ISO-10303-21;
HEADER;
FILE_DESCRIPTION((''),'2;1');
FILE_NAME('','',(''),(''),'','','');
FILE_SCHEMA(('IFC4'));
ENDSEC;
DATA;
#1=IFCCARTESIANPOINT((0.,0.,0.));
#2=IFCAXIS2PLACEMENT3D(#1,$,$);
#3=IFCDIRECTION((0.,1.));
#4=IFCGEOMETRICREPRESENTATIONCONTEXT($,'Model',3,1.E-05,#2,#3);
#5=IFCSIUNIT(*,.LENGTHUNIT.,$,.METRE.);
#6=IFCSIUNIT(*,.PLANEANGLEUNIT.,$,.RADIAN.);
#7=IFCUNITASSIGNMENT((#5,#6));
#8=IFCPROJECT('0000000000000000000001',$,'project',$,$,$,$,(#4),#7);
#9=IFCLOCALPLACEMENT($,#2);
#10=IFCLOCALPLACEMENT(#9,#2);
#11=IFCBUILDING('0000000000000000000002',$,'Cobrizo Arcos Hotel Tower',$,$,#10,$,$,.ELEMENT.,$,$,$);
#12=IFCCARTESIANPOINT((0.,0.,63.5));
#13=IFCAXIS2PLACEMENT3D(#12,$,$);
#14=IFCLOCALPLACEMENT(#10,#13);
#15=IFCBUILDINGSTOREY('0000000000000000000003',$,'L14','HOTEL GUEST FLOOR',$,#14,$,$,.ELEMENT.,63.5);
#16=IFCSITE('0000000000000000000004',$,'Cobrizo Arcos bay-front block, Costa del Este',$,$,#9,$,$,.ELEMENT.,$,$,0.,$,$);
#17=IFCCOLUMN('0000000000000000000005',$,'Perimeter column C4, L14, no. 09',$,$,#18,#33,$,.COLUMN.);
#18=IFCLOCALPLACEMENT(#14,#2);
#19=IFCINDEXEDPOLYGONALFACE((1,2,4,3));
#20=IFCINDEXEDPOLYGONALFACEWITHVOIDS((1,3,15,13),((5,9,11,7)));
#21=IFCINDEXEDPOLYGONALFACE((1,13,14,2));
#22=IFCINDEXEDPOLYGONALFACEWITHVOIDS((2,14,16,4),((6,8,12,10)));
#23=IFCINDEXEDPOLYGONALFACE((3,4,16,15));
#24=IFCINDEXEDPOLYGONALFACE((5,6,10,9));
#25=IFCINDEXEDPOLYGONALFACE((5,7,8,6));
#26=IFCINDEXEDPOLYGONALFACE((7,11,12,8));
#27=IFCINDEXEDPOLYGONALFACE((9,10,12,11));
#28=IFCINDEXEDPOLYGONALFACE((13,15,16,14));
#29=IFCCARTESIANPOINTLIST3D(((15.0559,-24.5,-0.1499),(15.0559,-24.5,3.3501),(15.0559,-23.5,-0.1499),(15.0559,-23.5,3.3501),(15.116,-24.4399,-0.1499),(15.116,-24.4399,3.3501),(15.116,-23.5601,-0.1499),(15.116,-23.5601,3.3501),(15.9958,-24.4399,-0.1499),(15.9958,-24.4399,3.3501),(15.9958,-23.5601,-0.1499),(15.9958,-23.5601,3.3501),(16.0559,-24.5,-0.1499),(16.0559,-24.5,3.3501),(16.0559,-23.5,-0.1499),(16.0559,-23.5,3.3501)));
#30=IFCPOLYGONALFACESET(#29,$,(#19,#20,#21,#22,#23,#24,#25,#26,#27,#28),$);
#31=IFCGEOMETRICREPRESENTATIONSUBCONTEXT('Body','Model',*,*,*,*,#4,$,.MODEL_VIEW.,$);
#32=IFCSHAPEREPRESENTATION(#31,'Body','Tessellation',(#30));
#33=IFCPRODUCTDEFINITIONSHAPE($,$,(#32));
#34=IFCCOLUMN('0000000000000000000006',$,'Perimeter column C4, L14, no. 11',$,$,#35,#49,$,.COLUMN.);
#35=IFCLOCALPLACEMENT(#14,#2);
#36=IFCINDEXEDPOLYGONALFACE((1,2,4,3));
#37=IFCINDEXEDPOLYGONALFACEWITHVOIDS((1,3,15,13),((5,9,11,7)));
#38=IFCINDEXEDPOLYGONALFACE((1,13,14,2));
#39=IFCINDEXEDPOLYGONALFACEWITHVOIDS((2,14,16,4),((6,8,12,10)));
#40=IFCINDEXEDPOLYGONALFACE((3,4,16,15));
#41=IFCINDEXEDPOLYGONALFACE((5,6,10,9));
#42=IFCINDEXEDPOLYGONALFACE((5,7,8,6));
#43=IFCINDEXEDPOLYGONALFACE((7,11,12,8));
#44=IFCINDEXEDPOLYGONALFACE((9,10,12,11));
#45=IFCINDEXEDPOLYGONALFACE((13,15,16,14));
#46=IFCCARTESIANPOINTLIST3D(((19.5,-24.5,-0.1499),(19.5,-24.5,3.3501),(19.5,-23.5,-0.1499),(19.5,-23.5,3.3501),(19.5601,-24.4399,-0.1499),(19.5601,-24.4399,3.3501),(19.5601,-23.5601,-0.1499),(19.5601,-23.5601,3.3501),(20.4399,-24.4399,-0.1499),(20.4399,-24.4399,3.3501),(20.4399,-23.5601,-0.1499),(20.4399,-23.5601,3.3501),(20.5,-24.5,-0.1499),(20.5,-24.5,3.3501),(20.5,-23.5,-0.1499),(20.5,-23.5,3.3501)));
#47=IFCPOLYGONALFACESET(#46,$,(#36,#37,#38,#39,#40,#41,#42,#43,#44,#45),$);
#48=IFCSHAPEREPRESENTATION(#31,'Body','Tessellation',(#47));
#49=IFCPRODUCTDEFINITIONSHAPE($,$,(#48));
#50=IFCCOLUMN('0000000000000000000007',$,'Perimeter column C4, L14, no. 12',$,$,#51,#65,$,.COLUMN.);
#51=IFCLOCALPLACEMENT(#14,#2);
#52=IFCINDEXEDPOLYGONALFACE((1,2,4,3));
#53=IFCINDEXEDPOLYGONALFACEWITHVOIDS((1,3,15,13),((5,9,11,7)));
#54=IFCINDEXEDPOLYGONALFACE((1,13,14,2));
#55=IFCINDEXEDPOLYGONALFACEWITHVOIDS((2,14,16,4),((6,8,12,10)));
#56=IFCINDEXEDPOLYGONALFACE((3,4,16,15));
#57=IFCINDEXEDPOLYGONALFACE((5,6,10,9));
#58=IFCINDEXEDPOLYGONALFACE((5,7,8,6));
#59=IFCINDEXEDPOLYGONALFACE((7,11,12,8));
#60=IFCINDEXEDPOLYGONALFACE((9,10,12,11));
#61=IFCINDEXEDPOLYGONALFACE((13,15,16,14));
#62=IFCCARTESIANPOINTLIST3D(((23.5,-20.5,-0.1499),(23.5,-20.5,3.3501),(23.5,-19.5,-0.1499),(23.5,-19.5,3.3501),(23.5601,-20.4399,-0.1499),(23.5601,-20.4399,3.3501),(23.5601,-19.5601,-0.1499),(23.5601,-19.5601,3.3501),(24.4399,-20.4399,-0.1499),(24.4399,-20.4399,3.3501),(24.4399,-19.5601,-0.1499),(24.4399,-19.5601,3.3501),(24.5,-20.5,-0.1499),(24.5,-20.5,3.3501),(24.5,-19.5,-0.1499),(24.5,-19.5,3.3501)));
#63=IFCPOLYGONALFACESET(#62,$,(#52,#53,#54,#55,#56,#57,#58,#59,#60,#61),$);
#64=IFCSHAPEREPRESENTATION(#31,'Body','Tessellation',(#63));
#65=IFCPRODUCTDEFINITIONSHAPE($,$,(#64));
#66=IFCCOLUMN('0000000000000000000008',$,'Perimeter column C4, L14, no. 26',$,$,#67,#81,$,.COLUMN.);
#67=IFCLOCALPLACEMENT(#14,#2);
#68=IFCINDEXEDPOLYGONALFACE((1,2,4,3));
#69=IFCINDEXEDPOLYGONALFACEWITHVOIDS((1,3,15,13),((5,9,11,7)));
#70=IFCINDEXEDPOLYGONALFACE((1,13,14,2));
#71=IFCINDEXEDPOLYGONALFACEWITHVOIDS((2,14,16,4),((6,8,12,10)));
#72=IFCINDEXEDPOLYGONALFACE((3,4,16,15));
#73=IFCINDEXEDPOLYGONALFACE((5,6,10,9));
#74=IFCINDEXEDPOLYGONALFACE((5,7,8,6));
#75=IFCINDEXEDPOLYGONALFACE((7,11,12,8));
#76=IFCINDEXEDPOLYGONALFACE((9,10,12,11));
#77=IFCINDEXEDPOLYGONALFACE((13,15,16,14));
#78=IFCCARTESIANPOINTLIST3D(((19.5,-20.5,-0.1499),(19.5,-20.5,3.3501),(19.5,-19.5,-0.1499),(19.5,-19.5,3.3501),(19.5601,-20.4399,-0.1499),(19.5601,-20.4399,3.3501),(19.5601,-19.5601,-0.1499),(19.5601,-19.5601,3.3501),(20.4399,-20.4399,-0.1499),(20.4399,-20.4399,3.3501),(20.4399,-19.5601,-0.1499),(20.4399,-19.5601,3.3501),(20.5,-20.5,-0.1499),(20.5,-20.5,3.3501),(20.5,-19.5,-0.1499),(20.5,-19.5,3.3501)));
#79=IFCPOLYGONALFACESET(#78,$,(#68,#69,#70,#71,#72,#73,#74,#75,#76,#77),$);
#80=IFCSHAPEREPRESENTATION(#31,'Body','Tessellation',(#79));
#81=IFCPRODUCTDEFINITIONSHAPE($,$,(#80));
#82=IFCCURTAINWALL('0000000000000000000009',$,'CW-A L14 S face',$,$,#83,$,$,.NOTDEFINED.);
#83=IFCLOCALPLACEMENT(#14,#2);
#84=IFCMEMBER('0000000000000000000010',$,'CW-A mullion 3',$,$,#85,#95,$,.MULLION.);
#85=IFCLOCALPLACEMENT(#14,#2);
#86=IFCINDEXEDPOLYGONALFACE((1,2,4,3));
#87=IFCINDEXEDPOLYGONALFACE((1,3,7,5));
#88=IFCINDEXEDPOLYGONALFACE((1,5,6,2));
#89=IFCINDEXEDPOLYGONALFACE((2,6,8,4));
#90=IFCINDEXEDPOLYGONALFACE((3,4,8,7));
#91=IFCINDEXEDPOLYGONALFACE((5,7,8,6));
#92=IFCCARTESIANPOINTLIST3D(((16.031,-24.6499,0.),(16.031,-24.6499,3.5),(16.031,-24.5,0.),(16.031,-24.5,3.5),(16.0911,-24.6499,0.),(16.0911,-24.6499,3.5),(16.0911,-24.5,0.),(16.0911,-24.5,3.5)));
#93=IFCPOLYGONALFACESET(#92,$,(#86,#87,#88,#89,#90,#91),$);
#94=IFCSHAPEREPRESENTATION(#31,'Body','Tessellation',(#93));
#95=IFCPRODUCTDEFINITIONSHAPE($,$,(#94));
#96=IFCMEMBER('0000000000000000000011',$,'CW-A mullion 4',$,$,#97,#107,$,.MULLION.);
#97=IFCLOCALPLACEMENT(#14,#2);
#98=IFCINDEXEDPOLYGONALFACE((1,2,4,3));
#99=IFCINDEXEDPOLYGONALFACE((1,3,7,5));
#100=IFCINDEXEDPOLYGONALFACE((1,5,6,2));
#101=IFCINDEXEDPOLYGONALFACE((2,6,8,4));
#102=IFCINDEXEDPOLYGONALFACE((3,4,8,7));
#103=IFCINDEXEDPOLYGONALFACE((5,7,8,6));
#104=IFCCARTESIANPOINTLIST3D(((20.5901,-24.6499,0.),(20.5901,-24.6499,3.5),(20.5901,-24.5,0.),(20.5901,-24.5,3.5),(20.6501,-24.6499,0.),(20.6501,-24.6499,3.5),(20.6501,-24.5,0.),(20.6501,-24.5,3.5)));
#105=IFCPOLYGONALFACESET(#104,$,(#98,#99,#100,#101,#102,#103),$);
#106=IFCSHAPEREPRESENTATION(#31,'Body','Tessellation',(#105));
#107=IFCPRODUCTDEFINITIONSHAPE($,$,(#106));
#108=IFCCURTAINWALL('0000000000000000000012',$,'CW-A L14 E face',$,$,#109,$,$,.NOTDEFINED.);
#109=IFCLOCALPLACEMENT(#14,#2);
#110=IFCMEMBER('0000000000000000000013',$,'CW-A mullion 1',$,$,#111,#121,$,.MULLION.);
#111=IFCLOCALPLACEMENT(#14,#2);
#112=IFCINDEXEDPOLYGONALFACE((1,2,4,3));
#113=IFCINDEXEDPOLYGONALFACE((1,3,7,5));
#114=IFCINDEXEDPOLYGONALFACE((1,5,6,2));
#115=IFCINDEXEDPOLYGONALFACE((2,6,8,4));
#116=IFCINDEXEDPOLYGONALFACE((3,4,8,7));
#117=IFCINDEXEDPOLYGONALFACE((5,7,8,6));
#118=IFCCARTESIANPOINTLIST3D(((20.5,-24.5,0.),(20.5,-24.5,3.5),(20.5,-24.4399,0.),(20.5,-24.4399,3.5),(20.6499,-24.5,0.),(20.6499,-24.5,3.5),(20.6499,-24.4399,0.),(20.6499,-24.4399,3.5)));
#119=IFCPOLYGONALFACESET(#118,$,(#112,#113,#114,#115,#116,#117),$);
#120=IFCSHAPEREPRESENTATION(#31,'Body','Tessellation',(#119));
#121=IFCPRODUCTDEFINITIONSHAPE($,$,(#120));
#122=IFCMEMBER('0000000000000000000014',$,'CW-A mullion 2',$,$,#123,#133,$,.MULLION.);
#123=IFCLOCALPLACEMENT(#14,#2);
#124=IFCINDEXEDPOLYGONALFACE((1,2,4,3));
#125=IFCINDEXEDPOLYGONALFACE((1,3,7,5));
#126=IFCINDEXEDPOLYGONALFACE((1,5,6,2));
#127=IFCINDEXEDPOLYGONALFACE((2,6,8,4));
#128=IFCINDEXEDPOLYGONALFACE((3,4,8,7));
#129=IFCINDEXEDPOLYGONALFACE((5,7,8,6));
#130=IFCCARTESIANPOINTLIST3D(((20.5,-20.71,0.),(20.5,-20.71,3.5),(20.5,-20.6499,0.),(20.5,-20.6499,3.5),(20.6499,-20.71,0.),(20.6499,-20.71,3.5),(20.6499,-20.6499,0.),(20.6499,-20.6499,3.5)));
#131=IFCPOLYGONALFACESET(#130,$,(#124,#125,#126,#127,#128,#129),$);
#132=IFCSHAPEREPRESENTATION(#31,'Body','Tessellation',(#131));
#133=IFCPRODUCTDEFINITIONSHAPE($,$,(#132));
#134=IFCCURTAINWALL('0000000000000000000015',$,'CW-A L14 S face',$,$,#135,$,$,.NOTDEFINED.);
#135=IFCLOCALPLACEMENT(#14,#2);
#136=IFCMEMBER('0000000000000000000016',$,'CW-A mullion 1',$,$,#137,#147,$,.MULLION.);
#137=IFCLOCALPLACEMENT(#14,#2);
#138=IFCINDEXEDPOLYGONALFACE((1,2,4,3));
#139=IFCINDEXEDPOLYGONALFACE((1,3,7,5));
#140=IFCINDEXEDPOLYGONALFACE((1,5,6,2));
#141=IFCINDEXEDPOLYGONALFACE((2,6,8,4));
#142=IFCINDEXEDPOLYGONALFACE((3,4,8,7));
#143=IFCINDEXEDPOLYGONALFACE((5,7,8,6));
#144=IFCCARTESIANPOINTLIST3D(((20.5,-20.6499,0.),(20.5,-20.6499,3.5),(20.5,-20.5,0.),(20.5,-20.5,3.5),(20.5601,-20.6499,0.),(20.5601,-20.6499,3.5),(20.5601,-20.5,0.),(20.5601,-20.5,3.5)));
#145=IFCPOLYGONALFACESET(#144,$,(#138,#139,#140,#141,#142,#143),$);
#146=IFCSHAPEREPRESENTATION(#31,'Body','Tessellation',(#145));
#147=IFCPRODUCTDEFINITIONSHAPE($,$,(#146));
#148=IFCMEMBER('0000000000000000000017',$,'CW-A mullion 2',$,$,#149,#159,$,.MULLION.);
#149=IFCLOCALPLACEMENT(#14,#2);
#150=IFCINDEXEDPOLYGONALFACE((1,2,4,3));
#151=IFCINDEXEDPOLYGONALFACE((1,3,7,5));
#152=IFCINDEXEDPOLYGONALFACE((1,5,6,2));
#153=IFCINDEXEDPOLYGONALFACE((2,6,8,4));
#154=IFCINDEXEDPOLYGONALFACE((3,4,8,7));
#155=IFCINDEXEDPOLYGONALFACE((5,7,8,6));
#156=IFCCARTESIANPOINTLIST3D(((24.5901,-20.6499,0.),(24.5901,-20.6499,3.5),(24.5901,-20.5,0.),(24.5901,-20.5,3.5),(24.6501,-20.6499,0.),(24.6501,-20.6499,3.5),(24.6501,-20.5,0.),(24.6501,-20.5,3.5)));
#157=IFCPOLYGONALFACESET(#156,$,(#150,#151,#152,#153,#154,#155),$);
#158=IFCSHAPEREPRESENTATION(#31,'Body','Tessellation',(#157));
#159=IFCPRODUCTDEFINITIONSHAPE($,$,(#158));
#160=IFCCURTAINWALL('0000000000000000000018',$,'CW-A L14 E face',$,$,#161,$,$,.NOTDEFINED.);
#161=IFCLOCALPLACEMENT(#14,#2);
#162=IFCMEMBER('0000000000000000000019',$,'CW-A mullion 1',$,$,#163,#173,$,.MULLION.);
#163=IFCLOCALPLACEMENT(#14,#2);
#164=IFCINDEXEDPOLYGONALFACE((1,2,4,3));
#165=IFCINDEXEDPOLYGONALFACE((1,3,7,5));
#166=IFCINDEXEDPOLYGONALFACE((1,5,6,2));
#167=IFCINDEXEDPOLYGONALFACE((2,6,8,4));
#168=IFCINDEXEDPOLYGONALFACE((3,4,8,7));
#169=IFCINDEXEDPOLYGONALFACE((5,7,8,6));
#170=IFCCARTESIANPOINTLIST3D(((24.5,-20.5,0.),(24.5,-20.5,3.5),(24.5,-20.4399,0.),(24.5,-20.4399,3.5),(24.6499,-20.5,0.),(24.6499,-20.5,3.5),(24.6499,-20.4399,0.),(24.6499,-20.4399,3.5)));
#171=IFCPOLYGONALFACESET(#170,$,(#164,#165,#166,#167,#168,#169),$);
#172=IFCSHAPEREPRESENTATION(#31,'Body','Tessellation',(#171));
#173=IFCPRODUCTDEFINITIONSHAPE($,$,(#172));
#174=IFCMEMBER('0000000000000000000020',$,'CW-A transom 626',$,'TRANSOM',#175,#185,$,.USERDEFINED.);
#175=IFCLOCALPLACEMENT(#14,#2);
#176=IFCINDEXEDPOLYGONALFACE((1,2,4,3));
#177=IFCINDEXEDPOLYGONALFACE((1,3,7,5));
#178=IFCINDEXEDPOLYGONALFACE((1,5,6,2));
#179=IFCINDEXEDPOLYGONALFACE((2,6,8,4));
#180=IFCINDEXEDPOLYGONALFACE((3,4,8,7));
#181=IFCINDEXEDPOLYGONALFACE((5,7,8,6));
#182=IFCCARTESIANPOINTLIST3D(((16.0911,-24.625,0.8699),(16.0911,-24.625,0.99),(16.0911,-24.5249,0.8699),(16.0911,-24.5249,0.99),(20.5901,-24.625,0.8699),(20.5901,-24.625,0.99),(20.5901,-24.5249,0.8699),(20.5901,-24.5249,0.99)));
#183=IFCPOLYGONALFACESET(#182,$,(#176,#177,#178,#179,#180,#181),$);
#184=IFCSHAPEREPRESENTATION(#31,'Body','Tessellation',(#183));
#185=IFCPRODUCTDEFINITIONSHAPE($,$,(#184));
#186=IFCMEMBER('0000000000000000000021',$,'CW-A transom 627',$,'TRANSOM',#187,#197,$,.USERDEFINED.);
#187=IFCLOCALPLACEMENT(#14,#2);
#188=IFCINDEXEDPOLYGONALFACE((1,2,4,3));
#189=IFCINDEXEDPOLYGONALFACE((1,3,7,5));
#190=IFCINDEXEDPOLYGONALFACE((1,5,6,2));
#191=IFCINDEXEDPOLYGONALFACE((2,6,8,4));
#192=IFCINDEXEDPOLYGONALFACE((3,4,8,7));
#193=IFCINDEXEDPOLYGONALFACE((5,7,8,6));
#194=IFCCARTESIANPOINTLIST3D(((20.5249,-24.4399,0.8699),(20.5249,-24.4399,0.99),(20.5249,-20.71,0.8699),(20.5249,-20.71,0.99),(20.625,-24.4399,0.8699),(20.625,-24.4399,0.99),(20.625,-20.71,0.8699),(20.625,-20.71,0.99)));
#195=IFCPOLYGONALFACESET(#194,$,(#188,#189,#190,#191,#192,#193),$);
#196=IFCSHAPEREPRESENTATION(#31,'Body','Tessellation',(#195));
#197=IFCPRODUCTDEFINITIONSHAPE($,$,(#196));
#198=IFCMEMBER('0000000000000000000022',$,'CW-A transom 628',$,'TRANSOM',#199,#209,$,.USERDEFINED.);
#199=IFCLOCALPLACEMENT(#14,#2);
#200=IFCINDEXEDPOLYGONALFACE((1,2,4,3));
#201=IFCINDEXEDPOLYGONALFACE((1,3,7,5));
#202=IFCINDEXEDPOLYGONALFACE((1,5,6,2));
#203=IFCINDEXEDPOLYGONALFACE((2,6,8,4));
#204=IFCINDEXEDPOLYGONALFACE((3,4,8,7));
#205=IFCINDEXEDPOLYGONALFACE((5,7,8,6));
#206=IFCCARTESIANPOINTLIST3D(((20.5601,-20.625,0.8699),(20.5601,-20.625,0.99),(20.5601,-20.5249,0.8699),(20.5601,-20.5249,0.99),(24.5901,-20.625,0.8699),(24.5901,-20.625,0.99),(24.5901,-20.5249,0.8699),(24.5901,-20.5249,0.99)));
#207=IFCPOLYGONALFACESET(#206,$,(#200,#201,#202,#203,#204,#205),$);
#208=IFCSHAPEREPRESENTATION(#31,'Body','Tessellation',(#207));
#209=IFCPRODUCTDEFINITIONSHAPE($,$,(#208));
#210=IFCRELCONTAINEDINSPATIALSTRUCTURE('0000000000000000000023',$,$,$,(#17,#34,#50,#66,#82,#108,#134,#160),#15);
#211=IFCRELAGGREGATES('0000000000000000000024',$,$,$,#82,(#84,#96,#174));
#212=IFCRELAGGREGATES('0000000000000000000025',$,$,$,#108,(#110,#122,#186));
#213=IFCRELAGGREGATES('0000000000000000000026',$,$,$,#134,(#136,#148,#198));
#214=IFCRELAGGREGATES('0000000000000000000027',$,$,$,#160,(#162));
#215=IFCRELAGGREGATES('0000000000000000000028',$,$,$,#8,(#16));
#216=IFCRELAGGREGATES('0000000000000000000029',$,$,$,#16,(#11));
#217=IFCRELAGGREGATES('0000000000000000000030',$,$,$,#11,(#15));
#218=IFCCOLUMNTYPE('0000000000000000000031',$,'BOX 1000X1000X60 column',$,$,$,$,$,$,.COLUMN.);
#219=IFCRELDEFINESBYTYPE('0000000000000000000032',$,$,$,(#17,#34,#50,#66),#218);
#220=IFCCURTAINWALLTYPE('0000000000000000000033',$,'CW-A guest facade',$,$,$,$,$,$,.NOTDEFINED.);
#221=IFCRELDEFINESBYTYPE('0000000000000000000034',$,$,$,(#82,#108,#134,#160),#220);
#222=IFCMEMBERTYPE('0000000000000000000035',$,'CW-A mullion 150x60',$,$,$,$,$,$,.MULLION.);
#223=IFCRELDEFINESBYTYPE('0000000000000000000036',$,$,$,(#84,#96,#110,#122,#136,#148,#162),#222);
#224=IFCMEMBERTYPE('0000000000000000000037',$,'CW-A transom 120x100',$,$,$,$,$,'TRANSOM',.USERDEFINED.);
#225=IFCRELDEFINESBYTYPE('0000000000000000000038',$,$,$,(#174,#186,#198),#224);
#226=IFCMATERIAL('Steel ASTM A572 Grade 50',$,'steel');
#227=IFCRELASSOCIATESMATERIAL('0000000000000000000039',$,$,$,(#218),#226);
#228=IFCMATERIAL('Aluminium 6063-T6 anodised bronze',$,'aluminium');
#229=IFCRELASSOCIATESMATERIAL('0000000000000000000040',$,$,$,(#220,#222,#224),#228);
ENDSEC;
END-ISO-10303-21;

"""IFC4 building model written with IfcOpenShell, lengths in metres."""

from ifc_helpers import new_model, si_unit, direction, frame, origin, origin_2d, place, context, subcontext, project, spatial, rectangle, hollow_rectangle, extrude, material, material_profile, profile_set, type_object, element, aggregate, save


model = new_model("IFC4")

# Units and contexts
model_context = context("Model", 3, precision=1e-05, world=origin(), true_north=direction((0.0, 1.0)))
body_context = subcontext(model_context, "Body", "Model", "MODEL_VIEW")
ifc_project = project(units=[si_unit("LENGTHUNIT", "METRE"), si_unit("PLANEANGLEUNIT", "RADIAN")], contexts=[model_context])

# Site, building, storey
site_placement = place(None, origin())
site = spatial("IfcSite", under=ifc_project, at=site_placement, Name="Cobrizo Arcos bay-front block, Costa del Este", CompositionType="ELEMENT", RefElevation=0.0)
building_placement = place(site_placement, origin())
building = spatial("IfcBuilding", under=site, at=building_placement, Name="Cobrizo Arcos Hotel Tower", CompositionType="ELEMENT")
storey_placement = place(building_placement, frame((0.0, 0.0, 63.5)))
storey = spatial("IfcBuildingStorey", under=building, at=storey_placement, Name="L14", Description="HOTEL GUEST FLOOR", CompositionType="ELEMENT", Elevation=63.5)

# Columns
ifc_material_1 = material(Name="Steel ASTM A572 Grade 50", Category="steel")
ifc_material_profile_1 = material_profile(ifc_material_1, hollow_rectangle(XDim=1.0, YDim=1.0, WallThickness=0.0601, at=origin_2d()), Name="BOX 1000X1000X60")
ifc_profile_set_1 = profile_set([ifc_material_profile_1], Name="Steel ASTM A572 Grade 50")
column_type = type_object("IfcColumnType", Name="BOX 1000X1000X60 column", PredefinedType="COLUMN", material=ifc_profile_set_1)
for number, where, z_axis, x_axis, name in (
    (1, (15.5559, -24.0, -0.1499), (0.0, 0.0, 1.0), (1.0, 0.0, 0.0), "Perimeter column C4, L14, no. 09"),
    (2, (20.0, -24.0, -0.1499), (0.0, 0.0, 1.0), (1.0, 0.0, 0.0), "Perimeter column C4, L14, no. 11"),
    (3, (24.0, -20.0, -0.1499), (0.0, 0.0, 1.0), (1.0, 0.0, 0.0), "Perimeter column C4, L14, no. 12"),
    (4, (20.0, -20.0, -0.1499), (0.0, 0.0, 1.0), (1.0, 0.0, 0.0), "Perimeter column C4, L14, no. 26"),
):
    element("IfcColumn", number, at=place(storey_placement, frame(where, z_axis=z_axis, x_axis=x_axis)), inside=storey, type_object=column_type, Name=name, PredefinedType="COLUMN", context=body_context, shape_type="SweptSolid", body=[
        extrude(hollow_rectangle(XDim=1.0, YDim=1.0, WallThickness=0.0601, at=origin_2d()), origin(), (0.0, 0.0, 1.0), 3.5),
    ])

# Curtain walls, members
ifc_material_2 = material(Name="Aluminium 6063-T6 anodised bronze", Category="aluminium")
curtain_wall_type = type_object("IfcCurtainWallType", Name="CW-A guest facade", PredefinedType="NOTDEFINED", material=ifc_material_2)
curtain_wall_1_placement = place(storey_placement, origin())
curtain_wall_1 = element("IfcCurtainWall", 5, at=curtain_wall_1_placement, inside=storey, type_object=curtain_wall_type, Name="CW-A L14 S face", PredefinedType="NOTDEFINED")
ifc_material_profile_2 = material_profile(ifc_material_2, rectangle(XDim=0.1499, YDim=0.0601, at=origin_2d()), Name="CW-A mullion 150x60")
ifc_profile_set_2 = profile_set([ifc_material_profile_2], Name="Aluminium 6063-T6 anodised bronze")
member_type_1 = type_object("IfcMemberType", Name="CW-A mullion 150x60", PredefinedType="MULLION", material=ifc_profile_set_2)
member_1_placement = place(storey_placement, frame((16.061, -24.575, 0.0), z_axis=(0.0, 0.0, 1.0), x_axis=(0.0, -1.0, 0.0)))
member_1 = element("IfcMember", 6, at=member_1_placement, type_object=member_type_1, Name="CW-A mullion 3", PredefinedType="MULLION", context=body_context, shape_type="SweptSolid", body=[
    extrude(rectangle(XDim=0.1499, YDim=0.0601, at=origin_2d()), origin(), (0.0, 0.0, 1.0), 3.5),
])
member_2_placement = place(storey_placement, frame((20.6201, -24.575, 0.0), z_axis=(0.0, 0.0, 1.0), x_axis=(0.0, -1.0, 0.0)))
member_2 = element("IfcMember", 7, at=member_2_placement, type_object=member_type_1, Name="CW-A mullion 4", PredefinedType="MULLION", context=body_context, shape_type="SweptSolid", body=[
    extrude(rectangle(XDim=0.1499, YDim=0.0601, at=origin_2d()), origin(), (0.0, 0.0, 1.0), 3.5),
])
curtain_wall_2_placement = place(storey_placement, origin())
curtain_wall_2 = element("IfcCurtainWall", 8, at=curtain_wall_2_placement, inside=storey, type_object=curtain_wall_type, Name="CW-A L14 E face", PredefinedType="NOTDEFINED")
member_3_placement = place(storey_placement, frame((20.575, -24.47, 0.0), z_axis=(0.0, 0.0, 1.0), x_axis=(1.0, 0.0, 0.0)))
member_3 = element("IfcMember", 9, at=member_3_placement, type_object=member_type_1, Name="CW-A mullion 1", PredefinedType="MULLION", context=body_context, shape_type="SweptSolid", body=[
    extrude(rectangle(XDim=0.1499, YDim=0.0601, at=origin_2d()), origin(), (0.0, 0.0, 1.0), 3.5),
])
member_4_placement = place(storey_placement, frame((20.575, -20.6799, 0.0), z_axis=(0.0, 0.0, 1.0), x_axis=(1.0, 0.0, 0.0)))
member_4 = element("IfcMember", 10, at=member_4_placement, type_object=member_type_1, Name="CW-A mullion 2", PredefinedType="MULLION", context=body_context, shape_type="SweptSolid", body=[
    extrude(rectangle(XDim=0.1499, YDim=0.0601, at=origin_2d()), origin(), (0.0, 0.0, 1.0), 3.5),
])
curtain_wall_3_placement = place(storey_placement, origin())
curtain_wall_3 = element("IfcCurtainWall", 11, at=curtain_wall_3_placement, inside=storey, type_object=curtain_wall_type, Name="CW-A L14 S face", PredefinedType="NOTDEFINED")
member_5_placement = place(storey_placement, frame((20.53, -20.575, 0.0), z_axis=(0.0, 0.0, 1.0), x_axis=(0.0, -1.0, 0.0)))
member_5 = element("IfcMember", 12, at=member_5_placement, type_object=member_type_1, Name="CW-A mullion 1", PredefinedType="MULLION", context=body_context, shape_type="SweptSolid", body=[
    extrude(rectangle(XDim=0.1499, YDim=0.0601, at=origin_2d()), origin(), (0.0, 0.0, 1.0), 3.5),
])
member_6_placement = place(storey_placement, frame((24.6201, -20.575, 0.0), z_axis=(0.0, 0.0, 1.0), x_axis=(0.0, -1.0, 0.0)))
member_6 = element("IfcMember", 13, at=member_6_placement, type_object=member_type_1, Name="CW-A mullion 2", PredefinedType="MULLION", context=body_context, shape_type="SweptSolid", body=[
    extrude(rectangle(XDim=0.1499, YDim=0.0601, at=origin_2d()), origin(), (0.0, 0.0, 1.0), 3.5),
])

# Curtain wall, member
curtain_wall_4_placement = place(storey_placement, origin())
curtain_wall_4 = element("IfcCurtainWall", 14, at=curtain_wall_4_placement, inside=storey, type_object=curtain_wall_type, Name="CW-A L14 E face", PredefinedType="NOTDEFINED")
member_7_placement = place(storey_placement, frame((24.575, -20.47, 0.0), z_axis=(0.0, 0.0, 1.0), x_axis=(1.0, 0.0, 0.0)))
member_7 = element("IfcMember", 15, at=member_7_placement, type_object=member_type_1, Name="CW-A mullion 1", PredefinedType="MULLION", context=body_context, shape_type="SweptSolid", body=[
    extrude(rectangle(XDim=0.1499, YDim=0.0601, at=origin_2d()), origin(), (0.0, 0.0, 1.0), 3.5),
])

# Members
ifc_material_profile_3 = material_profile(ifc_material_2, rectangle(XDim=0.1001, YDim=0.1201, at=origin_2d()), Name="CW-A transom 120x100")
ifc_profile_set_3 = profile_set([ifc_material_profile_3], Name="Aluminium 6063-T6 anodised bronze")
member_type_2 = type_object("IfcMemberType", Name="CW-A transom 120x100", ElementType="TRANSOM", PredefinedType="USERDEFINED", material=ifc_profile_set_3)
member_8_placement = place(storey_placement, frame((16.0911, -24.575, 0.9299), z_axis=(1.0, 0.0, 0.0), x_axis=(0.0, 1.0, 0.0)))
member_8 = element("IfcMember", 16, at=member_8_placement, type_object=member_type_2, Name="CW-A transom 626", ObjectType="TRANSOM", PredefinedType="USERDEFINED", context=body_context, shape_type="SweptSolid", body=[
    extrude(rectangle(XDim=0.1001, YDim=0.1201, at=origin_2d()), origin(), (0.0, 0.0, 1.0), 4.499),
])
member_9_placement = place(storey_placement, frame((20.575, -24.4399, 0.9299), z_axis=(0.0, 1.0, 0.0), x_axis=(-1.0, 0.0, 0.0)))
member_9 = element("IfcMember", 17, at=member_9_placement, type_object=member_type_2, Name="CW-A transom 627", ObjectType="TRANSOM", PredefinedType="USERDEFINED", context=body_context, shape_type="SweptSolid", body=[
    extrude(rectangle(XDim=0.1001, YDim=0.1201, at=origin_2d()), origin(), (0.0, 0.0, 1.0), 3.73),
])
member_10_placement = place(storey_placement, frame((20.5601, -20.575, 0.9299), z_axis=(1.0, 0.0, 0.0), x_axis=(0.0, 1.0, 0.0)))
member_10 = element("IfcMember", 18, at=member_10_placement, type_object=member_type_2, Name="CW-A transom 628", ObjectType="TRANSOM", PredefinedType="USERDEFINED", context=body_context, shape_type="SweptSolid", body=[
    extrude(rectangle(XDim=0.1001, YDim=0.1201, at=origin_2d()), origin(), (0.0, 0.0, 1.0), 4.03),
])

aggregate(curtain_wall_1, [member_1, member_2, member_8])
aggregate(curtain_wall_2, [member_3, member_4, member_9])
aggregate(curtain_wall_3, [member_5, member_6, member_10])
aggregate(curtain_wall_4, [member_7])

save(model, "model.ifc")
